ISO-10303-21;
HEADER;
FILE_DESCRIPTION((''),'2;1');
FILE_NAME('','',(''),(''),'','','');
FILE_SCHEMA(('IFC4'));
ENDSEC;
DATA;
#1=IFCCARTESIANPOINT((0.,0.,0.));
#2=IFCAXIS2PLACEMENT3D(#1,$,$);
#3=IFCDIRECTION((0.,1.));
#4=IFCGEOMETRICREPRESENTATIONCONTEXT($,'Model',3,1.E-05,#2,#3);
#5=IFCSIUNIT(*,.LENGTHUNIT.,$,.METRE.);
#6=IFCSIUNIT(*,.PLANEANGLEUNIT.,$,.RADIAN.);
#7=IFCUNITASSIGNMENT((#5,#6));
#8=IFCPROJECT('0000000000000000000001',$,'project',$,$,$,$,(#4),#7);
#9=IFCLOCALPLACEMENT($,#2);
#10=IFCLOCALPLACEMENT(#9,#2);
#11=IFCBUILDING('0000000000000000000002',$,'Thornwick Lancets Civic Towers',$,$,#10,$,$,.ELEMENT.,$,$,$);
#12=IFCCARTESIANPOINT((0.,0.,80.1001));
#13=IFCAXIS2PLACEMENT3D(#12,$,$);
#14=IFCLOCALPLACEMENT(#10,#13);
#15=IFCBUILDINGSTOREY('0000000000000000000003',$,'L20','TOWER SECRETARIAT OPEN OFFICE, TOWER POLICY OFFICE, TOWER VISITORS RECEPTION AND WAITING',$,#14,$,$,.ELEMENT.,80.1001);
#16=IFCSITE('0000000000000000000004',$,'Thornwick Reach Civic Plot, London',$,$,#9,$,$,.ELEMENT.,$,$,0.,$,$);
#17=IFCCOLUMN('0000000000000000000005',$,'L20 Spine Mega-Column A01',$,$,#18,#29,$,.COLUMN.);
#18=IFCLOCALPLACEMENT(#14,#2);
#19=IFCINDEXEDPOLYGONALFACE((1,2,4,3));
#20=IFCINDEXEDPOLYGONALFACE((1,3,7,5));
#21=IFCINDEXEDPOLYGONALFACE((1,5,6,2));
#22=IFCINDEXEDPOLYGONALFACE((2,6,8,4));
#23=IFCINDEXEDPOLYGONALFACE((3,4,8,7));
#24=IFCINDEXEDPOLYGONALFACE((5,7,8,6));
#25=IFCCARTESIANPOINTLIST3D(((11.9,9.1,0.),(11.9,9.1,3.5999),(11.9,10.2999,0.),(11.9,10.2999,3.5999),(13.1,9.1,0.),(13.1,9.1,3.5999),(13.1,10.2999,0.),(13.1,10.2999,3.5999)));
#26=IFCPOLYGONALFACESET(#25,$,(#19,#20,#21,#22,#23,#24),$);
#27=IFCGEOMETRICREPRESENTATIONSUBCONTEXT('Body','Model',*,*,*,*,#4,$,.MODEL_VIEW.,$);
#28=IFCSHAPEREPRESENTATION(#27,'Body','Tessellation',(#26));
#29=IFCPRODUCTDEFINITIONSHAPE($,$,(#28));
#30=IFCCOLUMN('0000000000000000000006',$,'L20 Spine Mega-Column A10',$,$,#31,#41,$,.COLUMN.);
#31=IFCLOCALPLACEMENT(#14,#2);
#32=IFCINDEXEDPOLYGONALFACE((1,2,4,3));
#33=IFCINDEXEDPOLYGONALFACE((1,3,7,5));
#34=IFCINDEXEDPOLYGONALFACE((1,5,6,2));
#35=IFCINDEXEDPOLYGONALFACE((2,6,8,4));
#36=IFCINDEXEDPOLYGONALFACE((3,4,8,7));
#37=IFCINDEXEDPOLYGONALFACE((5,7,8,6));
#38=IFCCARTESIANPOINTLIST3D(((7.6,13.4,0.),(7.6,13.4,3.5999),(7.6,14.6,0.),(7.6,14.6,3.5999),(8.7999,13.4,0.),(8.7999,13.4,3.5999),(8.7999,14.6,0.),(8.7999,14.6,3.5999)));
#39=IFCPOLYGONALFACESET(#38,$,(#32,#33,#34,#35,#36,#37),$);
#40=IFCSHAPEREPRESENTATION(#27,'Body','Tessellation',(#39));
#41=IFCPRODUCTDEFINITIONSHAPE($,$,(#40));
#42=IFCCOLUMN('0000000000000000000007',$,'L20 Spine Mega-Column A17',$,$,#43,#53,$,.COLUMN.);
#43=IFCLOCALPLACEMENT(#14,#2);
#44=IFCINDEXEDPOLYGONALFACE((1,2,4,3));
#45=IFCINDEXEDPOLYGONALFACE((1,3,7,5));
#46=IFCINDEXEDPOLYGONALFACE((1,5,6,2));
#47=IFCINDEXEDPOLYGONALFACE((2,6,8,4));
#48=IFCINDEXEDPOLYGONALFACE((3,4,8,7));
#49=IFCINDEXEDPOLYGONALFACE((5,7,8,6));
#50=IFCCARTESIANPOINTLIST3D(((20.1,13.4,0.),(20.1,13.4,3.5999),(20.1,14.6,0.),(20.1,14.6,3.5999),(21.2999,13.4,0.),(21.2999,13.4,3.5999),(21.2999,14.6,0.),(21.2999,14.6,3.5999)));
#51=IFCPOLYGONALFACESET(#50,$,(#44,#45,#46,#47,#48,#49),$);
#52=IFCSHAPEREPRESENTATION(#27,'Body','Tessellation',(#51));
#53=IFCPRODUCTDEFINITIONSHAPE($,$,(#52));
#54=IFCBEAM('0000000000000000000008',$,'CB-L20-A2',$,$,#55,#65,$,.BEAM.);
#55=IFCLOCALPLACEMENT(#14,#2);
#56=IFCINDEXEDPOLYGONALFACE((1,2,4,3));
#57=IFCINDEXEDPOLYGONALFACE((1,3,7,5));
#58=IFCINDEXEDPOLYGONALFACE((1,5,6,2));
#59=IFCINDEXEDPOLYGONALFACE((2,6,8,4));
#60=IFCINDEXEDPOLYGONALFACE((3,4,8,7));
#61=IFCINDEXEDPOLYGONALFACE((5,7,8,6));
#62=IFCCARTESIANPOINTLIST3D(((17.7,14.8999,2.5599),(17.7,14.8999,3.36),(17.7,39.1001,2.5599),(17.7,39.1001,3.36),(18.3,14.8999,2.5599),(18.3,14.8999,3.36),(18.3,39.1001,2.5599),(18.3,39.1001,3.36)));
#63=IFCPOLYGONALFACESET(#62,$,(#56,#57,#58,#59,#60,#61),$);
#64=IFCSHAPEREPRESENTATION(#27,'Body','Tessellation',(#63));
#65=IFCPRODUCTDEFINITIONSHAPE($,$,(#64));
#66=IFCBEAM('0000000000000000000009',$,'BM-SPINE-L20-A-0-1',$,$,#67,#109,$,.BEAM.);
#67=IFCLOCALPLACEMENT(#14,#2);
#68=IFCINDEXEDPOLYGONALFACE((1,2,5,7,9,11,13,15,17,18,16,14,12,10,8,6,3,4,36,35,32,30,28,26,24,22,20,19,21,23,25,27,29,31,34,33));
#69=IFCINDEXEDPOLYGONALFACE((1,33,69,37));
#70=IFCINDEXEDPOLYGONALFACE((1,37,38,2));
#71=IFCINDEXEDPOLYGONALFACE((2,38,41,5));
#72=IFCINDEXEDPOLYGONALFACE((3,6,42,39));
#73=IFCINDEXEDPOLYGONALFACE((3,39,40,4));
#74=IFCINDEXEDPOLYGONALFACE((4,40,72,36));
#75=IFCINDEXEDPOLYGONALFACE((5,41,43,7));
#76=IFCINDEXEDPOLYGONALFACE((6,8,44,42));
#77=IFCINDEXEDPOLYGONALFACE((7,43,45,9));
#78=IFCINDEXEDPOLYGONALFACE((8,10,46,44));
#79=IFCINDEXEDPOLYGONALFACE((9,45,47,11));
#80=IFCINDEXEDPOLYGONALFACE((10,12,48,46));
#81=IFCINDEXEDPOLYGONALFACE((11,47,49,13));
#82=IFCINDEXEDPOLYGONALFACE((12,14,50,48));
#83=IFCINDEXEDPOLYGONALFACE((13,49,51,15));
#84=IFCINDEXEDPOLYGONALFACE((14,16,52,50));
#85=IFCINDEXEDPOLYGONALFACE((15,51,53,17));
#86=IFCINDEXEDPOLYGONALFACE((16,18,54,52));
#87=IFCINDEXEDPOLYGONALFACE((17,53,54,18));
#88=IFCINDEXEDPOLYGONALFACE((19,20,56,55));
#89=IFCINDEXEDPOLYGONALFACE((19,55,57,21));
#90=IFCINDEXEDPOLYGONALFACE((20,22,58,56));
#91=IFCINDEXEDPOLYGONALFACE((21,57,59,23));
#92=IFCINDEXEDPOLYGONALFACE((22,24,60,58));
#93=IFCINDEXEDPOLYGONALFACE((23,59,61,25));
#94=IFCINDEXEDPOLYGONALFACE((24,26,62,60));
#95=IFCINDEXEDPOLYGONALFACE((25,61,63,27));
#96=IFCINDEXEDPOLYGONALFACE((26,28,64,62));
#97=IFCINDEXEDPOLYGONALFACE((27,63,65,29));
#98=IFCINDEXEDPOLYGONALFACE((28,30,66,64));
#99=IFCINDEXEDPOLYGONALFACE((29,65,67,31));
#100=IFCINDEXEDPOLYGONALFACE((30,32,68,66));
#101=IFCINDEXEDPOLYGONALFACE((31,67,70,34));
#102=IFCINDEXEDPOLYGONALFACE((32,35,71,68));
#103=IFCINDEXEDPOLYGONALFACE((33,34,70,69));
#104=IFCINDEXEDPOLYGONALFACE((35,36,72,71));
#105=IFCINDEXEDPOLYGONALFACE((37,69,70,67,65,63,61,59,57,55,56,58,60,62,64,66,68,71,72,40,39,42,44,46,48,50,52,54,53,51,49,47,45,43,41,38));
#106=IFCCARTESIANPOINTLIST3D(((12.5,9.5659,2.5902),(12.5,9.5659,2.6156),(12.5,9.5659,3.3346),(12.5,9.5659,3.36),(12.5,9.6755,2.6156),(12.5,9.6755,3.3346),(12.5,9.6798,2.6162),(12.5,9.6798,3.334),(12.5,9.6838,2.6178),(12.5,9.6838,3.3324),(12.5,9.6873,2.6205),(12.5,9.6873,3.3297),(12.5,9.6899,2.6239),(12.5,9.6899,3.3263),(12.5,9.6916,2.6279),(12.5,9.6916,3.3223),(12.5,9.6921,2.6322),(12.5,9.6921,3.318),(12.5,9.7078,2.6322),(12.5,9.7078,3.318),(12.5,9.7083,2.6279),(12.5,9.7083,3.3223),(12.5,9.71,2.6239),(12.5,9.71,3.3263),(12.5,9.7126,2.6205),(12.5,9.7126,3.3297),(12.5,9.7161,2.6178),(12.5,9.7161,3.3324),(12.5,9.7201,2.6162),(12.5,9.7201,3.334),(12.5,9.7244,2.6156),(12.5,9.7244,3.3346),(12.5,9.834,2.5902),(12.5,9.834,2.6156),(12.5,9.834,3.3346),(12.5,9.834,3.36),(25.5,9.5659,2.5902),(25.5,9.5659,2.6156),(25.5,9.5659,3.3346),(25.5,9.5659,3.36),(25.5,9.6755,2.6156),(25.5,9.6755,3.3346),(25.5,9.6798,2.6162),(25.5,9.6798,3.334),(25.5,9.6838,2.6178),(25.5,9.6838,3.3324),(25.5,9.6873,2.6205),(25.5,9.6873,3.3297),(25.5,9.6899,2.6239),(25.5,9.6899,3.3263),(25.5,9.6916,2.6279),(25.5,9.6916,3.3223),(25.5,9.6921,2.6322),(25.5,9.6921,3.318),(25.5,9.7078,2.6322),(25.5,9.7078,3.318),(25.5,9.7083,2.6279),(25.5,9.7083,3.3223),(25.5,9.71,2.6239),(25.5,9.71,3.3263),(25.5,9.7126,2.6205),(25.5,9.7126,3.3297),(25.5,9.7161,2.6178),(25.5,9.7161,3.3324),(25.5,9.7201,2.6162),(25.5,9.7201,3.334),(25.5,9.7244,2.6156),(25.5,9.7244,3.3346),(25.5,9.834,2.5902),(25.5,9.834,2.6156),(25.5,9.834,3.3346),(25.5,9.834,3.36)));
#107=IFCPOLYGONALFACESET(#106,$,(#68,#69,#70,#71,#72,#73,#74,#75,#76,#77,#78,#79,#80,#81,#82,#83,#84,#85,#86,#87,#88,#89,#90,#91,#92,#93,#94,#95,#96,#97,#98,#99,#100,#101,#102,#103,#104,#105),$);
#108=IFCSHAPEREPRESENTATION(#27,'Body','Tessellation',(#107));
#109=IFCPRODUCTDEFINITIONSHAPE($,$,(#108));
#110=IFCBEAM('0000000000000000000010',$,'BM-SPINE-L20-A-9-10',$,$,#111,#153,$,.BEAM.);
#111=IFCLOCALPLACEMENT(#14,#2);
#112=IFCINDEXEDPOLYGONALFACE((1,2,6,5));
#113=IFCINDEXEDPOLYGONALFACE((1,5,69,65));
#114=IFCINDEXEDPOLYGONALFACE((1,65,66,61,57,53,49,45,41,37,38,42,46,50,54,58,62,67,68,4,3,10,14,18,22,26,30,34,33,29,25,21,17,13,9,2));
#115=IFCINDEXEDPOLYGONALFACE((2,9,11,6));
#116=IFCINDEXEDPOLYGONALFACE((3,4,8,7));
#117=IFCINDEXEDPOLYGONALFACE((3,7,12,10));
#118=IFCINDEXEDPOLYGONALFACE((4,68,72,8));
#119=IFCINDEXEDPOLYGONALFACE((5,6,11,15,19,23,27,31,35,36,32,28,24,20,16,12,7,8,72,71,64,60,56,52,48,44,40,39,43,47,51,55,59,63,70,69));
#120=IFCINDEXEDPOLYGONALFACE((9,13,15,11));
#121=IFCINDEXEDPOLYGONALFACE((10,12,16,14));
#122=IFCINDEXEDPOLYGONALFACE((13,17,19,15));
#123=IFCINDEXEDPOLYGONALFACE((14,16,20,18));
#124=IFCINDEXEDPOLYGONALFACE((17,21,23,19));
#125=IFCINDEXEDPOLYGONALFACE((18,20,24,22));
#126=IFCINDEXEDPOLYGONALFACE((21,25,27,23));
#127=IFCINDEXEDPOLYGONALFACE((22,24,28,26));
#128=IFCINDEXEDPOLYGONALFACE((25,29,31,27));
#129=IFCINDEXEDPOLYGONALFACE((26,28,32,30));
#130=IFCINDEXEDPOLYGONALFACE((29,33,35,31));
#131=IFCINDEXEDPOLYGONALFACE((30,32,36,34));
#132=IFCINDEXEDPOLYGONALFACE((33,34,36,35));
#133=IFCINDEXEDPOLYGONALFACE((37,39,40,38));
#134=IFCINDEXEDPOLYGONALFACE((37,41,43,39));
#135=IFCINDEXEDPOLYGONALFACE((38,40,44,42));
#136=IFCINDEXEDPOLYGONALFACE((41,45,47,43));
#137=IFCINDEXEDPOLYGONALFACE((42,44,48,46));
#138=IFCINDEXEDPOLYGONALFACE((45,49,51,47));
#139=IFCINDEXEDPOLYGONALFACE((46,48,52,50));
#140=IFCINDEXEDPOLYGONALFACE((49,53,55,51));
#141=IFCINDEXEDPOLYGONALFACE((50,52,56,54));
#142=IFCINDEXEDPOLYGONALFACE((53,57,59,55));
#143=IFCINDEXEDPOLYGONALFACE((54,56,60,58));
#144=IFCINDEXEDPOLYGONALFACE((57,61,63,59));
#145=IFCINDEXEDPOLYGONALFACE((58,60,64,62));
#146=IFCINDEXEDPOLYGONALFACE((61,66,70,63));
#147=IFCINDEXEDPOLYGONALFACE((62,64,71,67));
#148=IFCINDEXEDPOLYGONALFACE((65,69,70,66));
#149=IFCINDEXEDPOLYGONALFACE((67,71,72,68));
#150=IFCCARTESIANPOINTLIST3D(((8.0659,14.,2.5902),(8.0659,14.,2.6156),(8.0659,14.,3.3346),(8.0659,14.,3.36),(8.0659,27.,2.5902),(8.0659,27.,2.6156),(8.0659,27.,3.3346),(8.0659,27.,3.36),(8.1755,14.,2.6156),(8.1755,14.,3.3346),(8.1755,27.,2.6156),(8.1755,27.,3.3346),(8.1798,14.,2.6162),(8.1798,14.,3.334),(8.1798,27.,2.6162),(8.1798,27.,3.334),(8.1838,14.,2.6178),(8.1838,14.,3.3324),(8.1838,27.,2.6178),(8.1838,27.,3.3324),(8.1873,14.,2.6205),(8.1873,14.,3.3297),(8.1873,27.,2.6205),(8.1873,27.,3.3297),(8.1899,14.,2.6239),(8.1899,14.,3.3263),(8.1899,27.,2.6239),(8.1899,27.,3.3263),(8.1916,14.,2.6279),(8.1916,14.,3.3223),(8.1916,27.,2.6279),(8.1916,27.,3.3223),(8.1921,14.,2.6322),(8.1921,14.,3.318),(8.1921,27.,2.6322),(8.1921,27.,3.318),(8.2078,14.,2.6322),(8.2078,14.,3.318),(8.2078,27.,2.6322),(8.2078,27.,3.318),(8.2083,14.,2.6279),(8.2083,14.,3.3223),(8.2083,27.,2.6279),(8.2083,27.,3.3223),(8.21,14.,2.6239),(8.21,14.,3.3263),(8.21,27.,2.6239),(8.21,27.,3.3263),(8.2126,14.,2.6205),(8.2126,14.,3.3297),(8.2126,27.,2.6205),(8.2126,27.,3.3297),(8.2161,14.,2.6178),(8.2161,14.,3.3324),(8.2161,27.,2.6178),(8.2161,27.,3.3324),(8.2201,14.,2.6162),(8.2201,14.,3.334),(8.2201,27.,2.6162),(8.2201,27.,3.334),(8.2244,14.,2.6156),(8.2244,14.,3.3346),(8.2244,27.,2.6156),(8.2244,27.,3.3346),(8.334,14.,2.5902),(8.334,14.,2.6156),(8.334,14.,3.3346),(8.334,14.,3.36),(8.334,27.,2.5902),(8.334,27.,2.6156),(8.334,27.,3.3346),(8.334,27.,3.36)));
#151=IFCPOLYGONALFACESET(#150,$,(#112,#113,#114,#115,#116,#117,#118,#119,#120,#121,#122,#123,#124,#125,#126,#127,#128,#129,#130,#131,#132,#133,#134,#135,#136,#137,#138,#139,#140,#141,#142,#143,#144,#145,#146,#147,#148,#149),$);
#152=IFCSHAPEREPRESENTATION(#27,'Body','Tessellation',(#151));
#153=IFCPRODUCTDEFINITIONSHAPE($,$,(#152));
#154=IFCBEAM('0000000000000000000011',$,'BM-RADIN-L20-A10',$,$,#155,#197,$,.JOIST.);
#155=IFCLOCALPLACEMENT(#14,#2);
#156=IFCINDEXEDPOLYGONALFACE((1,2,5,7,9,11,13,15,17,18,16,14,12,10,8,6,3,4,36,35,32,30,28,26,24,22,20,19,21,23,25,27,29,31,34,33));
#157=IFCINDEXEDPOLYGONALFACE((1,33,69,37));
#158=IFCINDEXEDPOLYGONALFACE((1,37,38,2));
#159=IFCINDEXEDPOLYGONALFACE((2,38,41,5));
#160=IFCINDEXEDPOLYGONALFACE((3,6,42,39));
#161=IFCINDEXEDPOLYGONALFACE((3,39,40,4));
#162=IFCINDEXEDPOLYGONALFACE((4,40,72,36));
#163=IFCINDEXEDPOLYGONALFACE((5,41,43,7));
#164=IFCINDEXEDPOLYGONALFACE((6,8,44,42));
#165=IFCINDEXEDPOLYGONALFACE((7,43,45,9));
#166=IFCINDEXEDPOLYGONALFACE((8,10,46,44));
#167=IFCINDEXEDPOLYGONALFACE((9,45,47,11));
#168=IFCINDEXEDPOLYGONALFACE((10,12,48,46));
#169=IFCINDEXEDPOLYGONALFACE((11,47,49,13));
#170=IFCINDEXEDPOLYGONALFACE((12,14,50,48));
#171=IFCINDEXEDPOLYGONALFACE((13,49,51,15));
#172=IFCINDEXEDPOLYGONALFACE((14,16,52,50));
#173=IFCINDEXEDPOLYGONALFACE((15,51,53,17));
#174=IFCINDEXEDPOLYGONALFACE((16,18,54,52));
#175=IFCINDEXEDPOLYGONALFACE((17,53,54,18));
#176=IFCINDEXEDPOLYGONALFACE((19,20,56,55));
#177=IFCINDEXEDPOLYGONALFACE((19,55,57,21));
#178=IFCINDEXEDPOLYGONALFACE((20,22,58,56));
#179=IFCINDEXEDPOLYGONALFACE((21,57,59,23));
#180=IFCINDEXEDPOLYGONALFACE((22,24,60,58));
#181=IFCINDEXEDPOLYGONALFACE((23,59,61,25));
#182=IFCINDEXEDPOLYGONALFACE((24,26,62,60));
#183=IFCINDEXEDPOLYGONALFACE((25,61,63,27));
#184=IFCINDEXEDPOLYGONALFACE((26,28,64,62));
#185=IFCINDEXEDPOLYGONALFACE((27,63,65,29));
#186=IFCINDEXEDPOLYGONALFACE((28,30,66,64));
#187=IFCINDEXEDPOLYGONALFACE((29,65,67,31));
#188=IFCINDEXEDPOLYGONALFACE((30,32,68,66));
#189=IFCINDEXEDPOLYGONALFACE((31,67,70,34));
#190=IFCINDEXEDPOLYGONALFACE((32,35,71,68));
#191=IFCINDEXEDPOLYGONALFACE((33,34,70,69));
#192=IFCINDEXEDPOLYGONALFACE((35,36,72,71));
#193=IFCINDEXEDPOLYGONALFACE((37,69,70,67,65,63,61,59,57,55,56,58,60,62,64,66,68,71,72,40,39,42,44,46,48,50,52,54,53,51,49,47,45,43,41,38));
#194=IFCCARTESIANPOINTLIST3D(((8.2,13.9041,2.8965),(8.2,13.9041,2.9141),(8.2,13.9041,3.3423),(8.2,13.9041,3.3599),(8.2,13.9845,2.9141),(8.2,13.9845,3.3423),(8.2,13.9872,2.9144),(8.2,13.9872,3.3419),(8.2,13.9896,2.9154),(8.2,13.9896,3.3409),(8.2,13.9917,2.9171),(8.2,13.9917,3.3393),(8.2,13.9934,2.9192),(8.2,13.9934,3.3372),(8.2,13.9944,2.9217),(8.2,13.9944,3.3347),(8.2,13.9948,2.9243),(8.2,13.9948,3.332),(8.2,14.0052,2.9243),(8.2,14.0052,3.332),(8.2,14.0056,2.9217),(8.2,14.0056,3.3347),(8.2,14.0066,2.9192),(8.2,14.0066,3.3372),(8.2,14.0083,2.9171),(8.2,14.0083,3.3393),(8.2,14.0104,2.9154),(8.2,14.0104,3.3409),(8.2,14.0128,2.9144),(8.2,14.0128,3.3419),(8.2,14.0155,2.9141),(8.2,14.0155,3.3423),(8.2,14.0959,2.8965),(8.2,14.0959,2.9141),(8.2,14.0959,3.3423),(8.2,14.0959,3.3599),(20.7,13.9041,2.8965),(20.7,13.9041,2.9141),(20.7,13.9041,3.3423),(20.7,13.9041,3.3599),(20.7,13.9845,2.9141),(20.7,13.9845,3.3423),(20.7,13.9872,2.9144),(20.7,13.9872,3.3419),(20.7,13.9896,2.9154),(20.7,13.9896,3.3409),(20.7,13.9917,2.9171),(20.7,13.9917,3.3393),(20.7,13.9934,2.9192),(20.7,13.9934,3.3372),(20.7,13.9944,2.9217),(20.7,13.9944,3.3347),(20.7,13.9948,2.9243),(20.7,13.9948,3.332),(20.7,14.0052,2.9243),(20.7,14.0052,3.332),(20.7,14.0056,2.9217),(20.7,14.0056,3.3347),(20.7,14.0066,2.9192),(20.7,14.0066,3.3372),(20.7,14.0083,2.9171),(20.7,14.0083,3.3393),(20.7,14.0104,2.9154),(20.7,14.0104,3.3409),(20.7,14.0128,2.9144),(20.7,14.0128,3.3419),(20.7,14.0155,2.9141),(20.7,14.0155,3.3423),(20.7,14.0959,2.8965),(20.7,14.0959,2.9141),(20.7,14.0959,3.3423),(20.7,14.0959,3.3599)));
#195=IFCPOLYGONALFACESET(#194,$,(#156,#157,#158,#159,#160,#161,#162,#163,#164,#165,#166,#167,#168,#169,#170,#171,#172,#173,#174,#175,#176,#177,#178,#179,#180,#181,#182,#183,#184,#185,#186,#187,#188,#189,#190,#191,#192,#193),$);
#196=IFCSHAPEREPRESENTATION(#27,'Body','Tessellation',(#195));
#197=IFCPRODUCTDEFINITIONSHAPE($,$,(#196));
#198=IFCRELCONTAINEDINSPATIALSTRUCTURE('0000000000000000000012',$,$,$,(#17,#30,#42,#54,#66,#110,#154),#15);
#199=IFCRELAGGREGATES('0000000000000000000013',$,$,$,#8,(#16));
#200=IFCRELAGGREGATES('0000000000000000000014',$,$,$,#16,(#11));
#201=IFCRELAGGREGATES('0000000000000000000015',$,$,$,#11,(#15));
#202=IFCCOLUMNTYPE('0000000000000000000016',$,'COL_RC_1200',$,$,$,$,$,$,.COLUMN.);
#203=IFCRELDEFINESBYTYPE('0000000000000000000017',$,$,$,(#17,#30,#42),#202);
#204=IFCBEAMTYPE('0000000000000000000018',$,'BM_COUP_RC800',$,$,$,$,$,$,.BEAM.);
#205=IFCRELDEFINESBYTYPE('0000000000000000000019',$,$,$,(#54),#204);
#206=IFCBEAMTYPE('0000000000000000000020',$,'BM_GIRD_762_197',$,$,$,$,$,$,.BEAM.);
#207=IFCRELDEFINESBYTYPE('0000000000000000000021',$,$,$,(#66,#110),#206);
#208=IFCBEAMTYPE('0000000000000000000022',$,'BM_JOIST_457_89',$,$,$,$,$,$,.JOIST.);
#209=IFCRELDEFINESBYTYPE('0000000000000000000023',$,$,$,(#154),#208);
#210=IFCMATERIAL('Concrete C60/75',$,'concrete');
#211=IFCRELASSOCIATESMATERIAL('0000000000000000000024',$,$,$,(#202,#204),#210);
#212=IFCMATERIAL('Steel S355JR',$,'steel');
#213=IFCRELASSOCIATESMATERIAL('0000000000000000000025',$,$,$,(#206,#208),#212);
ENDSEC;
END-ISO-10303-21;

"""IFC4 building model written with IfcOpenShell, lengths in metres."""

from ifc_helpers import new_model, si_unit, direction, frame, origin, origin_2d, place, context, subcontext, project, spatial, rectangle, i_section, extrude, material, material_profile, profile_set, type_object, element, save


model = new_model("IFC4")

# Units and contexts
model_context = context("Model", 3, precision=1e-05, world=origin(), true_north=direction((0.0, 1.0)))
body_context = subcontext(model_context, "Body", "Model", "MODEL_VIEW")
ifc_project = project(units=[si_unit("LENGTHUNIT", "METRE"), si_unit("PLANEANGLEUNIT", "RADIAN")], contexts=[model_context])

# Site, building, storey
site_placement = place(None, origin())
site = spatial("IfcSite", under=ifc_project, at=site_placement, Name="Thornwick Reach Civic Plot, London", CompositionType="ELEMENT", RefElevation=0.0)
building_placement = place(site_placement, origin())
building = spatial("IfcBuilding", under=site, at=building_placement, Name="Thornwick Lancets Civic Towers", CompositionType="ELEMENT")
storey_placement = place(building_placement, frame((0.0, 0.0, 80.1001)))
storey = spatial("IfcBuildingStorey", under=building, at=storey_placement, Name="L20", Description="TOWER SECRETARIAT OPEN OFFICE, TOWER POLICY OFFICE, TOWER VISITORS RECEPTION AND WAITING", CompositionType="ELEMENT", Elevation=80.1001)

# Columns
ifc_material_1 = material(Name="Concrete C60/75", Category="concrete")
ifc_material_profile_1 = material_profile(ifc_material_1, rectangle(XDim=1.2, YDim=1.2, at=origin_2d()), Name="RC 1200x1200")
ifc_profile_set_1 = profile_set([ifc_material_profile_1], Name="Concrete C60/75")
column_type = type_object("IfcColumnType", Name="COL_RC_1200", PredefinedType="COLUMN", material=ifc_profile_set_1)
for number, where, z_axis, x_axis, name in (
    (1, (12.5, 9.7, 0.0), (0.0, 0.0, 1.0), (1.0, 0.0, 0.0), "L20 Spine Mega-Column A01"),
    (2, (8.2, 14.0, 0.0), (0.0, 0.0, 1.0), (1.0, 0.0, 0.0), "L20 Spine Mega-Column A10"),
    (3, (20.7, 14.0, 0.0), (0.0, 0.0, 1.0), (1.0, 0.0, 0.0), "L20 Spine Mega-Column A17"),
):
    element("IfcColumn", number, at=place(storey_placement, frame(where, z_axis=z_axis, x_axis=x_axis)), inside=storey, type_object=column_type, Name=name, PredefinedType="COLUMN", context=body_context, shape_type="SweptSolid", body=[
        extrude(rectangle(XDim=1.2, YDim=1.2, at=origin_2d()), origin(), (0.0, 0.0, 1.0), 3.5999),
    ])

# Beams
ifc_material_profile_2 = material_profile(ifc_material_1, rectangle(XDim=0.6001, YDim=0.8, at=origin_2d()), Name="RC 600x800")
ifc_profile_set_2 = profile_set([ifc_material_profile_2], Name="Concrete C60/75")
beam_type_1 = type_object("IfcBeamType", Name="BM_COUP_RC800", PredefinedType="BEAM", material=ifc_profile_set_2)
beam_1_placement = place(storey_placement, frame((18.0, 14.8999, 2.96), z_axis=(0.0, 1.0, 0.0), x_axis=(-1.0, 0.0, 0.0)))
element("IfcBeam", 4, at=beam_1_placement, inside=storey, type_object=beam_type_1, Name="CB-L20-A2", PredefinedType="BEAM", context=body_context, shape_type="SweptSolid", body=[
    extrude(rectangle(XDim=0.6001, YDim=0.8, at=origin_2d()), origin(), (0.0, 0.0, 1.0), 24.2002),
])
ifc_material_2 = material(Name="Steel S355JR", Category="steel")
ifc_material_profile_3 = material_profile(ifc_material_2, i_section(OverallWidth=0.2681, OverallDepth=0.7698, WebThickness=0.0156, FlangeThickness=0.0254, FilletRadius=0.0166, at=origin_2d()), Name="UKB 762x267x197")
ifc_profile_set_3 = profile_set([ifc_material_profile_3], Name="Steel S355JR")
beam_type_2 = type_object("IfcBeamType", Name="BM_GIRD_762_197", PredefinedType="BEAM", material=ifc_profile_set_3)
for number, where, z_axis, x_axis, name in (
    (5, (12.5, 9.7, 2.9751), (1.0, 0.0, 0.0), (0.0, 1.0, 0.0), "BM-SPINE-L20-A-0-1"),
    (6, (8.2, 14.0, 2.9751), (0.0, 1.0, 0.0), (-1.0, 0.0, 0.0), "BM-SPINE-L20-A-9-10"),
):
    element("IfcBeam", number, at=place(storey_placement, frame(where, z_axis=z_axis, x_axis=x_axis)), inside=storey, type_object=beam_type_2, Name=name, PredefinedType="BEAM", context=body_context, shape_type="SweptSolid", body=[
        extrude(i_section(OverallWidth=0.2681, OverallDepth=0.7698, WebThickness=0.0156, FlangeThickness=0.0254, FilletRadius=0.0166, at=origin_2d()), origin(), (0.0, 0.0, 1.0), 13.0),
    ])
ifc_material_profile_4 = material_profile(ifc_material_2, i_section(OverallWidth=0.1919, OverallDepth=0.4634, WebThickness=0.0105, FlangeThickness=0.0176, FilletRadius=0.0103, at=origin_2d()), Name="UKB 457x191x89")
ifc_profile_set_4 = profile_set([ifc_material_profile_4], Name="Steel S355JR")
beam_type_3 = type_object("IfcBeamType", Name="BM_JOIST_457_89", PredefinedType="JOIST", material=ifc_profile_set_4)
beam_2_placement = place(storey_placement, frame((20.7, 14.0, 3.1282), z_axis=(-1.0, 0.0, 0.0), x_axis=(0.0, -1.0, 0.0)))
element("IfcBeam", 7, at=beam_2_placement, inside=storey, type_object=beam_type_3, Name="BM-RADIN-L20-A10", PredefinedType="JOIST", context=body_context, shape_type="SweptSolid", body=[
    extrude(i_section(OverallWidth=0.1919, OverallDepth=0.4634, WebThickness=0.0105, FlangeThickness=0.0176, FilletRadius=0.0103, at=origin_2d()), origin(), (0.0, 0.0, 1.0), 12.5),
])

save(model, "model.ifc")
